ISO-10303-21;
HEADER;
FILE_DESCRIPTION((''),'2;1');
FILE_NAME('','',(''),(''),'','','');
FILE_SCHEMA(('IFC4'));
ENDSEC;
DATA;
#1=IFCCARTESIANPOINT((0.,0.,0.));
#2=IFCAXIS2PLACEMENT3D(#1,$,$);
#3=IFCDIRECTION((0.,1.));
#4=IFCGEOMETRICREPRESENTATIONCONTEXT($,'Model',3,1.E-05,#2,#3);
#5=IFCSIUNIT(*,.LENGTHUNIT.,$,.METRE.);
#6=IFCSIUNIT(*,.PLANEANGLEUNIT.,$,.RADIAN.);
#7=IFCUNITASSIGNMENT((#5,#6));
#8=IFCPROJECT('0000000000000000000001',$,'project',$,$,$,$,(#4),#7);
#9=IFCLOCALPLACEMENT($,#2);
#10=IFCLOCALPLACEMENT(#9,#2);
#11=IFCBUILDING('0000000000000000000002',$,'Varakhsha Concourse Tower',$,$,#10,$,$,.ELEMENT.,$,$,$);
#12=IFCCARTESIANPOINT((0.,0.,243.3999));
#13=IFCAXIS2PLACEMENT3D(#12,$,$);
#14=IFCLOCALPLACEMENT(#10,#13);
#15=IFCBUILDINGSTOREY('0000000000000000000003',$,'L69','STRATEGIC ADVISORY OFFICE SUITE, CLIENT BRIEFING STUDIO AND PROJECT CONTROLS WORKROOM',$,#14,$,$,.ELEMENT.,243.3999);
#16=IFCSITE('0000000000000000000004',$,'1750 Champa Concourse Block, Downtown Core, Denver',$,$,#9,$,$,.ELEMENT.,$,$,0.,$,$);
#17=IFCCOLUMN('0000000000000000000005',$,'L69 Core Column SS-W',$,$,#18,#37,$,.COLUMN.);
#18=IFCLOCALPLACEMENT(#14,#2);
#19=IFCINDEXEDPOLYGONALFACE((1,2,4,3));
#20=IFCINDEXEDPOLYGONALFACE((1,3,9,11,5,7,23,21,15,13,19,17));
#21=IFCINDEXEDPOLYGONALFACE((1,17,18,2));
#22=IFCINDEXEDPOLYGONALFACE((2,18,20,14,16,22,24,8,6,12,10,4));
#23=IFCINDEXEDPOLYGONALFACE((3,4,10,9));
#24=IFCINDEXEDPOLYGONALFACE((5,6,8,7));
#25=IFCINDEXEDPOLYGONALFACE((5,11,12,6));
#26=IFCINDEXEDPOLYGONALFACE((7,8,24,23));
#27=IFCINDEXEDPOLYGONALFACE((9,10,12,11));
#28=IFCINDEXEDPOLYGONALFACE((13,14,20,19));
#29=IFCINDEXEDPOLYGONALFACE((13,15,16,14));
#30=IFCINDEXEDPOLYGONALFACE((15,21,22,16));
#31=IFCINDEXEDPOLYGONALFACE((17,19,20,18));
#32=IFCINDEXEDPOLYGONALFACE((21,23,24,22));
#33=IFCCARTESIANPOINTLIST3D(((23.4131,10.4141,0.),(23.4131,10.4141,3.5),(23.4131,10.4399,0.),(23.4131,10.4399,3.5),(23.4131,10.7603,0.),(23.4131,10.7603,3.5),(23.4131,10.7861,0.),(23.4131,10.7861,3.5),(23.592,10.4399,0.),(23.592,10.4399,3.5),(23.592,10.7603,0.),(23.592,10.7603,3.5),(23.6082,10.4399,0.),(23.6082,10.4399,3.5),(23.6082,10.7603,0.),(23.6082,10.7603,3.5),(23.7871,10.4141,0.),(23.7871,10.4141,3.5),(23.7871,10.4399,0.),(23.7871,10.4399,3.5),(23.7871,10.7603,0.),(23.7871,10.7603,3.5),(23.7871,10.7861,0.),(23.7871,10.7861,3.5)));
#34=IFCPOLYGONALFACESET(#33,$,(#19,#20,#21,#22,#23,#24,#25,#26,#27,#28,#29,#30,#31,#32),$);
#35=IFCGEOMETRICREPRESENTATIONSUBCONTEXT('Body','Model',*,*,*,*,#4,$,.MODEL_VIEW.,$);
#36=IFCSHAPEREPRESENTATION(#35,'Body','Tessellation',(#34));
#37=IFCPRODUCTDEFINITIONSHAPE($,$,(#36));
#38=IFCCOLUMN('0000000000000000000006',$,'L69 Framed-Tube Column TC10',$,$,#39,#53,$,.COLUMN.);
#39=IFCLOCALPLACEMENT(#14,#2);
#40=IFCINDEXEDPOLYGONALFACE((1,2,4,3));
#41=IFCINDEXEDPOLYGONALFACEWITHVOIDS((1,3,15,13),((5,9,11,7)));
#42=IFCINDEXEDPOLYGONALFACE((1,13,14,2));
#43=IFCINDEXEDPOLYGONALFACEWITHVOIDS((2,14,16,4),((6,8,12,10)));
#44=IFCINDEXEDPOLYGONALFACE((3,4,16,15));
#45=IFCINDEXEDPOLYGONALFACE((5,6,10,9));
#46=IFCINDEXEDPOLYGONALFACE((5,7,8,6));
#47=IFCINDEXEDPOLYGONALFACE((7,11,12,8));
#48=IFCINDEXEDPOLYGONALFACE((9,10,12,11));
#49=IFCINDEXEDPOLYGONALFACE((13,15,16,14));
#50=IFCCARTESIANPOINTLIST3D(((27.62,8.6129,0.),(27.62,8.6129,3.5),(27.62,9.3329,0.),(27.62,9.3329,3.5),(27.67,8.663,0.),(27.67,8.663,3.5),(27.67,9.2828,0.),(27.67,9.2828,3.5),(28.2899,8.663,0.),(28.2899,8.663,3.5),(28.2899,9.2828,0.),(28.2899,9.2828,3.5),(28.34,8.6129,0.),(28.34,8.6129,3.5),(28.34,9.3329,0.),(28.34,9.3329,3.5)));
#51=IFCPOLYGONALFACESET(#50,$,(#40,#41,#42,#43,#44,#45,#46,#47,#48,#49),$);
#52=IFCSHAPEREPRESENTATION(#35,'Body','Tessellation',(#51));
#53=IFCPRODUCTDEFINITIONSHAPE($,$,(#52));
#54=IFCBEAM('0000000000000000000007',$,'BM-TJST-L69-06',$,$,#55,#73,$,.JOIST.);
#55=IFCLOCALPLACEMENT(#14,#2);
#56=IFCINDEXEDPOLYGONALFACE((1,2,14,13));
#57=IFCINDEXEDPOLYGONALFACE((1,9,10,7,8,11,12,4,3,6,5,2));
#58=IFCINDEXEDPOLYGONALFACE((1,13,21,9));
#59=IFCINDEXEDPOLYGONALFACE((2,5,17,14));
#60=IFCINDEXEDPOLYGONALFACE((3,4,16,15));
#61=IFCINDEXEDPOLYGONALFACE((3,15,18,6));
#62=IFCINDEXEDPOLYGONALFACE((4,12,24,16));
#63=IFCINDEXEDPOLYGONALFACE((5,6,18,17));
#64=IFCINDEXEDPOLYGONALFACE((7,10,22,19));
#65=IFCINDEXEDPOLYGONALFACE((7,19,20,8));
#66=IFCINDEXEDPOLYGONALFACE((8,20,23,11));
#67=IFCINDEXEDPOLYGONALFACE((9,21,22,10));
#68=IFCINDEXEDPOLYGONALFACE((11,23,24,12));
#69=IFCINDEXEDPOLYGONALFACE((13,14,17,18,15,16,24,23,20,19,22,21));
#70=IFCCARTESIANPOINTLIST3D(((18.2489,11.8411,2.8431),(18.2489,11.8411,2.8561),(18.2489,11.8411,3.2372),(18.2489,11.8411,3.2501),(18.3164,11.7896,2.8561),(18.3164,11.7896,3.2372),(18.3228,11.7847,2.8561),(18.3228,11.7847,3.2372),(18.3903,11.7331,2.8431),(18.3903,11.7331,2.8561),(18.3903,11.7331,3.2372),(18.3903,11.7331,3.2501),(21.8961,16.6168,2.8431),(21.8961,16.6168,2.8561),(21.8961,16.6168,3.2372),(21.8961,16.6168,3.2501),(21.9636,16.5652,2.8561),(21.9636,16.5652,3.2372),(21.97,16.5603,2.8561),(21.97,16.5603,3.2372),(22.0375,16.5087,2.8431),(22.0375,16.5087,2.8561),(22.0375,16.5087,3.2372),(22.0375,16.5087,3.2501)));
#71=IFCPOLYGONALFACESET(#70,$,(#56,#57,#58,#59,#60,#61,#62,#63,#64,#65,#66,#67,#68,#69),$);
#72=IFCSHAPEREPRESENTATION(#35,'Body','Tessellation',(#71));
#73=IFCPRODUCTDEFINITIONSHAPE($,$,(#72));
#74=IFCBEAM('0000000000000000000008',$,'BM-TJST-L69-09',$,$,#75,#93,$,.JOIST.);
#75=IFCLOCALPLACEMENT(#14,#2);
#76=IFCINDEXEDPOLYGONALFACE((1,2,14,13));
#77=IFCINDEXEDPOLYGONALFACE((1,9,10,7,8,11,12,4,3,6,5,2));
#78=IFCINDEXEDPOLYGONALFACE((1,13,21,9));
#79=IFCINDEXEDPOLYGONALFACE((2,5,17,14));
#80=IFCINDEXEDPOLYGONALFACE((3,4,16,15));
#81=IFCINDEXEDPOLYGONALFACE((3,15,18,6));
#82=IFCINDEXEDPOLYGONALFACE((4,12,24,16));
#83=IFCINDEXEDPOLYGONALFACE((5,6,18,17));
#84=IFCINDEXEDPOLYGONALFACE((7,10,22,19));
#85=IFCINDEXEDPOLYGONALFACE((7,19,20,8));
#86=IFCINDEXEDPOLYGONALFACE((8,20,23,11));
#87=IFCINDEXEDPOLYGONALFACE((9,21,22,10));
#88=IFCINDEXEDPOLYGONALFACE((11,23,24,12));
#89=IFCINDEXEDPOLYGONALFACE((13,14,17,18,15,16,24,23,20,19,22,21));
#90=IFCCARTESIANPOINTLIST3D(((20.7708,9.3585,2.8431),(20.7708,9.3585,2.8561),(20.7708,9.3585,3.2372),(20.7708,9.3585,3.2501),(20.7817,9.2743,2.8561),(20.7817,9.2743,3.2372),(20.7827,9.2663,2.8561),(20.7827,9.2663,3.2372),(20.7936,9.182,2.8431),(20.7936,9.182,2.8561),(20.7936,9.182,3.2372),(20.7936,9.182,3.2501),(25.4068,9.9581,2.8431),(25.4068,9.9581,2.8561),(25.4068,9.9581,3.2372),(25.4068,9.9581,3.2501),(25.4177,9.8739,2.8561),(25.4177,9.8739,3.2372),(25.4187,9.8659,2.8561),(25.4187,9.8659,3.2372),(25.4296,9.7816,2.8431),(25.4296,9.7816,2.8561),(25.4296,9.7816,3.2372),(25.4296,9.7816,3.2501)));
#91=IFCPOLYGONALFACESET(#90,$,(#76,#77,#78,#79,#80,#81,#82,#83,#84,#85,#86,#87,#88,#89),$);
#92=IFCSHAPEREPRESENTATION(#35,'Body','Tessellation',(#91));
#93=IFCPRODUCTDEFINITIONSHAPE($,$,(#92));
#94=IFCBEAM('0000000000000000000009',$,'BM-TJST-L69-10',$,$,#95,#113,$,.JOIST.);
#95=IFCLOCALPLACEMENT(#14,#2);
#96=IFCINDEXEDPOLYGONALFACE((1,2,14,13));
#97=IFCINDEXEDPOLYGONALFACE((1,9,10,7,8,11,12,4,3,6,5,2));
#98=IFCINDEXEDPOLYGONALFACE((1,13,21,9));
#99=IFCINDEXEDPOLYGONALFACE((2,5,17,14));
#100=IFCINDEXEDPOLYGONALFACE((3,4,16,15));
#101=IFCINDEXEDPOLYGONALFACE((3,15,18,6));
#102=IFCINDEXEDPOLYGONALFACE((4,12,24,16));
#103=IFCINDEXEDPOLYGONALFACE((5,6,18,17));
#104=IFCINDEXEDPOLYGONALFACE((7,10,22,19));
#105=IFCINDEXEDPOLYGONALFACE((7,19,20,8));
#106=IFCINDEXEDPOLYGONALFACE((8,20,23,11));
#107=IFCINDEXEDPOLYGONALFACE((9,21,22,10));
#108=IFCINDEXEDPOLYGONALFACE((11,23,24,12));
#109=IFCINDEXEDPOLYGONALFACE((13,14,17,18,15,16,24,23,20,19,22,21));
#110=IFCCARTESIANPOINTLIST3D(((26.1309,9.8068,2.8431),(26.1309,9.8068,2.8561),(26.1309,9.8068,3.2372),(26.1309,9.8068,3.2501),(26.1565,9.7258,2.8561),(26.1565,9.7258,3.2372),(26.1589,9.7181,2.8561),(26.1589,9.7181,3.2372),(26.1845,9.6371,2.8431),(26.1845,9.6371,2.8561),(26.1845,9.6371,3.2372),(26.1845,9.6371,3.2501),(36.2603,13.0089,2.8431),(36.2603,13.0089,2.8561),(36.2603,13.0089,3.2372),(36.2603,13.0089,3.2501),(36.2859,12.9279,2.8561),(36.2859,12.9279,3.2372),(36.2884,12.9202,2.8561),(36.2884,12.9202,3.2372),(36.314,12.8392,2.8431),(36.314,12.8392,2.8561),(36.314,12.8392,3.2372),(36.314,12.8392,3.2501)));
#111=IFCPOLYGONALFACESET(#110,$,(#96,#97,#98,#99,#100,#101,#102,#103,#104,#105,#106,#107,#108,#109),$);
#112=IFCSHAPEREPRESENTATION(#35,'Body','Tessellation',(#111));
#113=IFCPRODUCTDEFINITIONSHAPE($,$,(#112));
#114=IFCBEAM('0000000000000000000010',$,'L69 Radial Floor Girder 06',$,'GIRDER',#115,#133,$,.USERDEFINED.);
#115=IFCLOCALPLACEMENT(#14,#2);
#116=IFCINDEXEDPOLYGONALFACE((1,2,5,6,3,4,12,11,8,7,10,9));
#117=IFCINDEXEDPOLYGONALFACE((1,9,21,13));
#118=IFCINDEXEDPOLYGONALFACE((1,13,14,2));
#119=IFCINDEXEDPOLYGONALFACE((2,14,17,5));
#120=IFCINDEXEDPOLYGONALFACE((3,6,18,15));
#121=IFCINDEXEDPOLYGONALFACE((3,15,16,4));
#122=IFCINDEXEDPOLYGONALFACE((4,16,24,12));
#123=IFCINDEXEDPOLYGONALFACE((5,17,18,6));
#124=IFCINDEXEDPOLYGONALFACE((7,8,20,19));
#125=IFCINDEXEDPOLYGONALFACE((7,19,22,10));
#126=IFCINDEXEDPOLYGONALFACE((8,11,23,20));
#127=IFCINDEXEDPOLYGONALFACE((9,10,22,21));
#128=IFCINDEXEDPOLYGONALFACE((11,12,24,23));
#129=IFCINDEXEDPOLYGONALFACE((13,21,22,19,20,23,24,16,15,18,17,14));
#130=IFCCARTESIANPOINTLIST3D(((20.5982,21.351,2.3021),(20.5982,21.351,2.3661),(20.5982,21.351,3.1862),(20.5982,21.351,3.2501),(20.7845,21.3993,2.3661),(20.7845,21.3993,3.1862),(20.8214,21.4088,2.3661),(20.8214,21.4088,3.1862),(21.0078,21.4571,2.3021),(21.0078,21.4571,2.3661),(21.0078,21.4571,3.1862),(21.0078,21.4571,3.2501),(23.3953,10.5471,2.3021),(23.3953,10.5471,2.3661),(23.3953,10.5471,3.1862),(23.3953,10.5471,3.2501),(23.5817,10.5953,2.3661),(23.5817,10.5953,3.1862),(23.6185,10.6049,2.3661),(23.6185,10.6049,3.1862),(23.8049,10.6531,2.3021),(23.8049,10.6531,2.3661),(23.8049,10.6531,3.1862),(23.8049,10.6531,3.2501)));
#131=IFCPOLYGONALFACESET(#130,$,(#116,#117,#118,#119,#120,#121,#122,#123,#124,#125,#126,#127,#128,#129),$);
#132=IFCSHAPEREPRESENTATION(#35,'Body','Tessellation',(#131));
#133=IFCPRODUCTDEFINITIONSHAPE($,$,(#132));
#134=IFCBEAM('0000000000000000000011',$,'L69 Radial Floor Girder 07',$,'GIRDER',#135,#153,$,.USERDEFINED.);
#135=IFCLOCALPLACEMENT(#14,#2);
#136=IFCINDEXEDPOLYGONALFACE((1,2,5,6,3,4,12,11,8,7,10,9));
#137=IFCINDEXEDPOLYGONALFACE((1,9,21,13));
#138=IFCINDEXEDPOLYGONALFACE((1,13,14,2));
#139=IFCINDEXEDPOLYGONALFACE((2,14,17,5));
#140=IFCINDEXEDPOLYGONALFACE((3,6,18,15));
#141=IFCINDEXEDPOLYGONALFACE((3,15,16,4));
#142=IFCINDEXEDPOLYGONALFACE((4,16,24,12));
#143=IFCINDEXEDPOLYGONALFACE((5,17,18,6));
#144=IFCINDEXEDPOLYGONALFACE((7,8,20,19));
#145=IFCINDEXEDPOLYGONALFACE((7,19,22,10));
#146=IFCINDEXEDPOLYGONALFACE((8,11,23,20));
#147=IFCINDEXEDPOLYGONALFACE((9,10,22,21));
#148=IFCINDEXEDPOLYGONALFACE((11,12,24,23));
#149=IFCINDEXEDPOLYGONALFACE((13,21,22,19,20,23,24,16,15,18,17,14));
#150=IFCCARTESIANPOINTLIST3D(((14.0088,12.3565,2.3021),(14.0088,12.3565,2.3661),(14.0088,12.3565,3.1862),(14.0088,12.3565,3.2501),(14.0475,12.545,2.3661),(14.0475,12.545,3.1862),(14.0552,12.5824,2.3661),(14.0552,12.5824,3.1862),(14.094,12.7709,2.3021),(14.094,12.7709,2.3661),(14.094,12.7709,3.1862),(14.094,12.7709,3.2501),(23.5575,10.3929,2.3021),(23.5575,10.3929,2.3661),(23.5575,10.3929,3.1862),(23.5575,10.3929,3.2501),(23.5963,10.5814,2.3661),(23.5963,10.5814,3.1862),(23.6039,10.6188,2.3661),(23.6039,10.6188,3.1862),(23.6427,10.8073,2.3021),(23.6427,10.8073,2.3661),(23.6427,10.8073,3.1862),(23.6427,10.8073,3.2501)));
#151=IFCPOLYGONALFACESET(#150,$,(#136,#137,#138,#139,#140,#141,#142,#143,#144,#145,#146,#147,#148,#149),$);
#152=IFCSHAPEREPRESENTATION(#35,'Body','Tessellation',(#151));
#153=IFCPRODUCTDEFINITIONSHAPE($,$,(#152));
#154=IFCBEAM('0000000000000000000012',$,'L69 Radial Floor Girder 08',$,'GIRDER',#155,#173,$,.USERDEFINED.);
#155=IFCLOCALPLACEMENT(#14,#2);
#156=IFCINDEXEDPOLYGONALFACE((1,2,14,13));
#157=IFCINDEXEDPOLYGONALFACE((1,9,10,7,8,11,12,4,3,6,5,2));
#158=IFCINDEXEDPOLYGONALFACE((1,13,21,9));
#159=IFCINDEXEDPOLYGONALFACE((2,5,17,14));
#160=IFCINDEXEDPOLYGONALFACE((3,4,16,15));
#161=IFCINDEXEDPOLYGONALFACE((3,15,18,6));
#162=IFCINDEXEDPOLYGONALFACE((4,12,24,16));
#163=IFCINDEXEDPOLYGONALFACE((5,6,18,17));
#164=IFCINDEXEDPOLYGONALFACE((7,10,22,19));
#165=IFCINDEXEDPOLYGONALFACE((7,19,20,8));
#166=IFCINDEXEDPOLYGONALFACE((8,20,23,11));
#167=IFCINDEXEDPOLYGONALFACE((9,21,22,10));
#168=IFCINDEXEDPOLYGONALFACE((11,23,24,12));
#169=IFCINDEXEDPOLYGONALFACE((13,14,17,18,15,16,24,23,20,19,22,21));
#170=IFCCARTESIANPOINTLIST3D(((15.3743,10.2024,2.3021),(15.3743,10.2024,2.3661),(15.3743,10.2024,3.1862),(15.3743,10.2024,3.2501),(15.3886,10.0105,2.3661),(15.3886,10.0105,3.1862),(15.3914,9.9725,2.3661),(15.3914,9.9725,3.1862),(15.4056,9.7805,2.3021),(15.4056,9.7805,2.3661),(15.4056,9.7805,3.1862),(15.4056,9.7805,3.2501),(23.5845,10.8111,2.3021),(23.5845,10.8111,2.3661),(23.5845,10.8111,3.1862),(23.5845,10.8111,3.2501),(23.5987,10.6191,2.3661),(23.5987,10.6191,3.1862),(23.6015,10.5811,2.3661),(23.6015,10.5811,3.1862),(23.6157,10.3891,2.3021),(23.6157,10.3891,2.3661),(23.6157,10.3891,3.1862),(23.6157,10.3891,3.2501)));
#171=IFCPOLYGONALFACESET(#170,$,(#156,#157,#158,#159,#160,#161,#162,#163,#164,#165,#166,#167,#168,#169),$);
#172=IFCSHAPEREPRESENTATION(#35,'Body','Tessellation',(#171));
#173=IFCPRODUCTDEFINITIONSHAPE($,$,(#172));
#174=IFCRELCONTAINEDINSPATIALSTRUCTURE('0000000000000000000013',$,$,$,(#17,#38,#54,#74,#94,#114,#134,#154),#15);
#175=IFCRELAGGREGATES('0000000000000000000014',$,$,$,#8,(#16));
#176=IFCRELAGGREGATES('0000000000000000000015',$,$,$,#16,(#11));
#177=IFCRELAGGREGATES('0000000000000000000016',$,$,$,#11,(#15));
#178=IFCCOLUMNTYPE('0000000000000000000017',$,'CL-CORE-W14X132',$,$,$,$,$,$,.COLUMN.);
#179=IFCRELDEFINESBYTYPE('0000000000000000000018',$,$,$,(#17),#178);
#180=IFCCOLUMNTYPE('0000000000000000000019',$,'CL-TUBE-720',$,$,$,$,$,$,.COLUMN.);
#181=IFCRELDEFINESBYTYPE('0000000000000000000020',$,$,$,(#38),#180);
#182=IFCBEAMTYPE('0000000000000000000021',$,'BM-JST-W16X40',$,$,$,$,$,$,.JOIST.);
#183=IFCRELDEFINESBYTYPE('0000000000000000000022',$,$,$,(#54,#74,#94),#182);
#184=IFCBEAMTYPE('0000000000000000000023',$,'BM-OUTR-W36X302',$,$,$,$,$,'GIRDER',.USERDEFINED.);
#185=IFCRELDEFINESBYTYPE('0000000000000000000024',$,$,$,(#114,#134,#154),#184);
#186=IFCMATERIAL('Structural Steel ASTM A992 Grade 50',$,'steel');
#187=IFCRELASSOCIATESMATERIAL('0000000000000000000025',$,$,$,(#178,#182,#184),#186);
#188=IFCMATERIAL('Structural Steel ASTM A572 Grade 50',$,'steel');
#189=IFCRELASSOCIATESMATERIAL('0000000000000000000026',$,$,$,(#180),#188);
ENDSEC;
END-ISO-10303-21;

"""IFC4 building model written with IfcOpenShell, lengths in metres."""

from ifc_helpers import new_model, si_unit, direction, frame, origin, origin_2d, place, context, subcontext, project, spatial, hollow_rectangle, i_section, extrude, material, material_profile, profile_set, type_object, element, save


model = new_model("IFC4")

# Units and contexts
model_context = context("Model", 3, precision=1e-05, world=origin(), true_north=direction((0.0, 1.0)))
body_context = subcontext(model_context, "Body", "Model", "MODEL_VIEW")
ifc_project = project(units=[si_unit("LENGTHUNIT", "METRE"), si_unit("PLANEANGLEUNIT", "RADIAN")], contexts=[model_context])

# Site, building, storey
site_placement = place(None, origin())
site = spatial("IfcSite", under=ifc_project, at=site_placement, Name="1750 Champa Concourse Block, Downtown Core, Denver", CompositionType="ELEMENT", RefElevation=0.0)
building_placement = place(site_placement, origin())
building = spatial("IfcBuilding", under=site, at=building_placement, Name="Varakhsha Concourse Tower", CompositionType="ELEMENT")
storey_placement = place(building_placement, frame((0.0, 0.0, 243.3999)))
storey = spatial("IfcBuildingStorey", under=building, at=storey_placement, Name="L69", Description="STRATEGIC ADVISORY OFFICE SUITE, CLIENT BRIEFING STUDIO AND PROJECT CONTROLS WORKROOM", CompositionType="ELEMENT", Elevation=243.3999)

# Columns
ifc_material_1 = material(Name="Structural Steel ASTM A992 Grade 50", Category="steel")
ifc_material_profile_1 = material_profile(ifc_material_1, i_section(OverallWidth=0.374, OverallDepth=0.3721, WebThickness=0.0161, FlangeThickness=0.0259, at=origin_2d()), Name="W14X132")
ifc_profile_set_1 = profile_set([ifc_material_profile_1], Name="Structural Steel ASTM A992 Grade 50")
column_type_1 = type_object("IfcColumnType", Name="CL-CORE-W14X132", PredefinedType="COLUMN", material=ifc_profile_set_1)
column_1_placement = place(storey_placement, frame((23.6001, 10.6001, 0.0), z_axis=(0.0, 0.0, 1.0), x_axis=(1.0, 0.0, 0.0)))
element("IfcColumn", 1, at=column_1_placement, inside=storey, type_object=column_type_1, Name="L69 Core Column SS-W", PredefinedType="COLUMN", context=body_context, shape_type="SweptSolid", body=[
    extrude(i_section(OverallWidth=0.374, OverallDepth=0.3721, WebThickness=0.0161, FlangeThickness=0.0259, at=origin_2d()), origin(), (0.0, 0.0, 1.0), 3.5),
])
ifc_material_2 = material(Name="Structural Steel ASTM A572 Grade 50", Category="steel")
ifc_material_profile_2 = material_profile(ifc_material_2, hollow_rectangle(XDim=0.72, YDim=0.72, WallThickness=0.05, at=origin_2d()), Name="BOX 720x720x50")
ifc_profile_set_2 = profile_set([ifc_material_profile_2], Name="Structural Steel ASTM A572 Grade 50")
column_type_2 = type_object("IfcColumnType", Name="CL-TUBE-720", PredefinedType="COLUMN", material=ifc_profile_set_2)
column_2_placement = place(storey_placement, frame((27.98, 8.9729, 0.0), z_axis=(0.0, 0.0, 1.0), x_axis=(1.0, 0.0, 0.0)))
element("IfcColumn", 2, at=column_2_placement, inside=storey, type_object=column_type_2, Name="L69 Framed-Tube Column TC10", PredefinedType="COLUMN", context=body_context, shape_type="SweptSolid", body=[
    extrude(hollow_rectangle(XDim=0.72, YDim=0.72, WallThickness=0.05, at=origin_2d()), origin(), (0.0, 0.0, 1.0), 3.5),
])

# Beams
ifc_material_profile_3 = material_profile(ifc_material_1, i_section(OverallWidth=0.178, OverallDepth=0.407, WebThickness=0.0081, FlangeThickness=0.0129, at=origin_2d()), Name="W16X40")
ifc_profile_set_3 = profile_set([ifc_material_profile_3], Name="Structural Steel ASTM A992 Grade 50")
beam_type_1 = type_object("IfcBeamType", Name="BM-JST-W16X40", PredefinedType="JOIST", material=ifc_profile_set_3)
beam_1_placement = place(storey_placement, frame((21.9668, 16.5627, 3.0466), z_axis=(-0.606952, -0.794738, 0.0), x_axis=(0.794738, -0.606952, 0.0)))
element("IfcBeam", 3, at=beam_1_placement, inside=storey, type_object=beam_type_1, Name="BM-TJST-L69-06", PredefinedType="JOIST", context=body_context, shape_type="SweptSolid", body=[
    extrude(i_section(OverallWidth=0.178, OverallDepth=0.407, WebThickness=0.0081, FlangeThickness=0.0129, at=origin_2d()), origin(), (0.0, 0.0, 1.0), 6.009),
])
beam_2_placement = place(storey_placement, frame((20.7822, 9.2703, 3.0466), z_axis=(0.991739, 0.12827, 0.0), x_axis=(-0.12827, 0.991739, 0.0)))
element("IfcBeam", 4, at=beam_2_placement, inside=storey, type_object=beam_type_1, Name="BM-TJST-L69-09", PredefinedType="JOIST", context=body_context, shape_type="SweptSolid", body=[
    extrude(i_section(OverallWidth=0.178, OverallDepth=0.407, WebThickness=0.0081, FlangeThickness=0.0129, at=origin_2d()), origin(), (0.0, 0.0, 1.0), 4.6746),
])
beam_3_placement = place(storey_placement, frame((26.1577, 9.7219, 3.0466), z_axis=(0.953491, 0.301422, 0.0), x_axis=(-0.301422, 0.953491, 0.0)))
element("IfcBeam", 5, at=beam_3_placement, inside=storey, type_object=beam_type_1, Name="BM-TJST-L69-10", PredefinedType="JOIST", context=body_context, shape_type="SweptSolid", body=[
    extrude(i_section(OverallWidth=0.178, OverallDepth=0.407, WebThickness=0.0081, FlangeThickness=0.0129, at=origin_2d()), origin(), (0.0, 0.0, 1.0), 10.6235),
])
ifc_material_profile_4 = material_profile(ifc_material_1, i_section(OverallWidth=0.4231, OverallDepth=0.948, WebThickness=0.0381, FlangeThickness=0.064, at=origin_2d()), Name="W36X302")
ifc_profile_set_4 = profile_set([ifc_material_profile_4], Name="Structural Steel ASTM A992 Grade 50")
beam_type_2 = type_object("IfcBeamType", Name="BM-OUTR-W36X302", ElementType="GIRDER", PredefinedType="USERDEFINED", material=ifc_profile_set_4)
beam_4_placement = place(storey_placement, frame((23.6001, 10.6001, 2.7761), z_axis=(-0.250634, 0.968082, 0.0), x_axis=(-0.968082, -0.250634, 0.0)))
element("IfcBeam", 6, at=beam_4_placement, inside=storey, type_object=beam_type_2, Name="L69 Radial Floor Girder 06", ObjectType="GIRDER", PredefinedType="USERDEFINED", context=body_context, shape_type="SweptSolid", body=[
    extrude(i_section(OverallWidth=0.4231, OverallDepth=0.948, WebThickness=0.0381, FlangeThickness=0.064, at=origin_2d()), origin(), (0.0, 0.0, 1.0), 11.1602),
])
beam_5_placement = place(storey_placement, frame((23.6001, 10.6001, 2.7761), z_axis=(-0.979504, 0.201425, 0.0), x_axis=(-0.201425, -0.979504, 0.0)))
element("IfcBeam", 7, at=beam_5_placement, inside=storey, type_object=beam_type_2, Name="L69 Radial Floor Girder 07", ObjectType="GIRDER", PredefinedType="USERDEFINED", context=body_context, shape_type="SweptSolid", body=[
    extrude(i_section(OverallWidth=0.4231, OverallDepth=0.948, WebThickness=0.0381, FlangeThickness=0.064, at=origin_2d()), origin(), (0.0, 0.0, 1.0), 9.7485),
])
beam_6_placement = place(storey_placement, frame((23.6001, 10.6001, 2.7761), z_axis=(-0.997263, -0.07393, 0.0), x_axis=(0.07393, -0.997263, 0.0)))
element("IfcBeam", 8, at=beam_6_placement, inside=storey, type_object=beam_type_2, Name="L69 Radial Floor Girder 08", ObjectType="GIRDER", PredefinedType="USERDEFINED", context=body_context, shape_type="SweptSolid", body=[
    extrude(i_section(OverallWidth=0.4231, OverallDepth=0.948, WebThickness=0.0381, FlangeThickness=0.064, at=origin_2d()), origin(), (0.0, 0.0, 1.0), 8.2327),
])

save(model, "model.ifc")
